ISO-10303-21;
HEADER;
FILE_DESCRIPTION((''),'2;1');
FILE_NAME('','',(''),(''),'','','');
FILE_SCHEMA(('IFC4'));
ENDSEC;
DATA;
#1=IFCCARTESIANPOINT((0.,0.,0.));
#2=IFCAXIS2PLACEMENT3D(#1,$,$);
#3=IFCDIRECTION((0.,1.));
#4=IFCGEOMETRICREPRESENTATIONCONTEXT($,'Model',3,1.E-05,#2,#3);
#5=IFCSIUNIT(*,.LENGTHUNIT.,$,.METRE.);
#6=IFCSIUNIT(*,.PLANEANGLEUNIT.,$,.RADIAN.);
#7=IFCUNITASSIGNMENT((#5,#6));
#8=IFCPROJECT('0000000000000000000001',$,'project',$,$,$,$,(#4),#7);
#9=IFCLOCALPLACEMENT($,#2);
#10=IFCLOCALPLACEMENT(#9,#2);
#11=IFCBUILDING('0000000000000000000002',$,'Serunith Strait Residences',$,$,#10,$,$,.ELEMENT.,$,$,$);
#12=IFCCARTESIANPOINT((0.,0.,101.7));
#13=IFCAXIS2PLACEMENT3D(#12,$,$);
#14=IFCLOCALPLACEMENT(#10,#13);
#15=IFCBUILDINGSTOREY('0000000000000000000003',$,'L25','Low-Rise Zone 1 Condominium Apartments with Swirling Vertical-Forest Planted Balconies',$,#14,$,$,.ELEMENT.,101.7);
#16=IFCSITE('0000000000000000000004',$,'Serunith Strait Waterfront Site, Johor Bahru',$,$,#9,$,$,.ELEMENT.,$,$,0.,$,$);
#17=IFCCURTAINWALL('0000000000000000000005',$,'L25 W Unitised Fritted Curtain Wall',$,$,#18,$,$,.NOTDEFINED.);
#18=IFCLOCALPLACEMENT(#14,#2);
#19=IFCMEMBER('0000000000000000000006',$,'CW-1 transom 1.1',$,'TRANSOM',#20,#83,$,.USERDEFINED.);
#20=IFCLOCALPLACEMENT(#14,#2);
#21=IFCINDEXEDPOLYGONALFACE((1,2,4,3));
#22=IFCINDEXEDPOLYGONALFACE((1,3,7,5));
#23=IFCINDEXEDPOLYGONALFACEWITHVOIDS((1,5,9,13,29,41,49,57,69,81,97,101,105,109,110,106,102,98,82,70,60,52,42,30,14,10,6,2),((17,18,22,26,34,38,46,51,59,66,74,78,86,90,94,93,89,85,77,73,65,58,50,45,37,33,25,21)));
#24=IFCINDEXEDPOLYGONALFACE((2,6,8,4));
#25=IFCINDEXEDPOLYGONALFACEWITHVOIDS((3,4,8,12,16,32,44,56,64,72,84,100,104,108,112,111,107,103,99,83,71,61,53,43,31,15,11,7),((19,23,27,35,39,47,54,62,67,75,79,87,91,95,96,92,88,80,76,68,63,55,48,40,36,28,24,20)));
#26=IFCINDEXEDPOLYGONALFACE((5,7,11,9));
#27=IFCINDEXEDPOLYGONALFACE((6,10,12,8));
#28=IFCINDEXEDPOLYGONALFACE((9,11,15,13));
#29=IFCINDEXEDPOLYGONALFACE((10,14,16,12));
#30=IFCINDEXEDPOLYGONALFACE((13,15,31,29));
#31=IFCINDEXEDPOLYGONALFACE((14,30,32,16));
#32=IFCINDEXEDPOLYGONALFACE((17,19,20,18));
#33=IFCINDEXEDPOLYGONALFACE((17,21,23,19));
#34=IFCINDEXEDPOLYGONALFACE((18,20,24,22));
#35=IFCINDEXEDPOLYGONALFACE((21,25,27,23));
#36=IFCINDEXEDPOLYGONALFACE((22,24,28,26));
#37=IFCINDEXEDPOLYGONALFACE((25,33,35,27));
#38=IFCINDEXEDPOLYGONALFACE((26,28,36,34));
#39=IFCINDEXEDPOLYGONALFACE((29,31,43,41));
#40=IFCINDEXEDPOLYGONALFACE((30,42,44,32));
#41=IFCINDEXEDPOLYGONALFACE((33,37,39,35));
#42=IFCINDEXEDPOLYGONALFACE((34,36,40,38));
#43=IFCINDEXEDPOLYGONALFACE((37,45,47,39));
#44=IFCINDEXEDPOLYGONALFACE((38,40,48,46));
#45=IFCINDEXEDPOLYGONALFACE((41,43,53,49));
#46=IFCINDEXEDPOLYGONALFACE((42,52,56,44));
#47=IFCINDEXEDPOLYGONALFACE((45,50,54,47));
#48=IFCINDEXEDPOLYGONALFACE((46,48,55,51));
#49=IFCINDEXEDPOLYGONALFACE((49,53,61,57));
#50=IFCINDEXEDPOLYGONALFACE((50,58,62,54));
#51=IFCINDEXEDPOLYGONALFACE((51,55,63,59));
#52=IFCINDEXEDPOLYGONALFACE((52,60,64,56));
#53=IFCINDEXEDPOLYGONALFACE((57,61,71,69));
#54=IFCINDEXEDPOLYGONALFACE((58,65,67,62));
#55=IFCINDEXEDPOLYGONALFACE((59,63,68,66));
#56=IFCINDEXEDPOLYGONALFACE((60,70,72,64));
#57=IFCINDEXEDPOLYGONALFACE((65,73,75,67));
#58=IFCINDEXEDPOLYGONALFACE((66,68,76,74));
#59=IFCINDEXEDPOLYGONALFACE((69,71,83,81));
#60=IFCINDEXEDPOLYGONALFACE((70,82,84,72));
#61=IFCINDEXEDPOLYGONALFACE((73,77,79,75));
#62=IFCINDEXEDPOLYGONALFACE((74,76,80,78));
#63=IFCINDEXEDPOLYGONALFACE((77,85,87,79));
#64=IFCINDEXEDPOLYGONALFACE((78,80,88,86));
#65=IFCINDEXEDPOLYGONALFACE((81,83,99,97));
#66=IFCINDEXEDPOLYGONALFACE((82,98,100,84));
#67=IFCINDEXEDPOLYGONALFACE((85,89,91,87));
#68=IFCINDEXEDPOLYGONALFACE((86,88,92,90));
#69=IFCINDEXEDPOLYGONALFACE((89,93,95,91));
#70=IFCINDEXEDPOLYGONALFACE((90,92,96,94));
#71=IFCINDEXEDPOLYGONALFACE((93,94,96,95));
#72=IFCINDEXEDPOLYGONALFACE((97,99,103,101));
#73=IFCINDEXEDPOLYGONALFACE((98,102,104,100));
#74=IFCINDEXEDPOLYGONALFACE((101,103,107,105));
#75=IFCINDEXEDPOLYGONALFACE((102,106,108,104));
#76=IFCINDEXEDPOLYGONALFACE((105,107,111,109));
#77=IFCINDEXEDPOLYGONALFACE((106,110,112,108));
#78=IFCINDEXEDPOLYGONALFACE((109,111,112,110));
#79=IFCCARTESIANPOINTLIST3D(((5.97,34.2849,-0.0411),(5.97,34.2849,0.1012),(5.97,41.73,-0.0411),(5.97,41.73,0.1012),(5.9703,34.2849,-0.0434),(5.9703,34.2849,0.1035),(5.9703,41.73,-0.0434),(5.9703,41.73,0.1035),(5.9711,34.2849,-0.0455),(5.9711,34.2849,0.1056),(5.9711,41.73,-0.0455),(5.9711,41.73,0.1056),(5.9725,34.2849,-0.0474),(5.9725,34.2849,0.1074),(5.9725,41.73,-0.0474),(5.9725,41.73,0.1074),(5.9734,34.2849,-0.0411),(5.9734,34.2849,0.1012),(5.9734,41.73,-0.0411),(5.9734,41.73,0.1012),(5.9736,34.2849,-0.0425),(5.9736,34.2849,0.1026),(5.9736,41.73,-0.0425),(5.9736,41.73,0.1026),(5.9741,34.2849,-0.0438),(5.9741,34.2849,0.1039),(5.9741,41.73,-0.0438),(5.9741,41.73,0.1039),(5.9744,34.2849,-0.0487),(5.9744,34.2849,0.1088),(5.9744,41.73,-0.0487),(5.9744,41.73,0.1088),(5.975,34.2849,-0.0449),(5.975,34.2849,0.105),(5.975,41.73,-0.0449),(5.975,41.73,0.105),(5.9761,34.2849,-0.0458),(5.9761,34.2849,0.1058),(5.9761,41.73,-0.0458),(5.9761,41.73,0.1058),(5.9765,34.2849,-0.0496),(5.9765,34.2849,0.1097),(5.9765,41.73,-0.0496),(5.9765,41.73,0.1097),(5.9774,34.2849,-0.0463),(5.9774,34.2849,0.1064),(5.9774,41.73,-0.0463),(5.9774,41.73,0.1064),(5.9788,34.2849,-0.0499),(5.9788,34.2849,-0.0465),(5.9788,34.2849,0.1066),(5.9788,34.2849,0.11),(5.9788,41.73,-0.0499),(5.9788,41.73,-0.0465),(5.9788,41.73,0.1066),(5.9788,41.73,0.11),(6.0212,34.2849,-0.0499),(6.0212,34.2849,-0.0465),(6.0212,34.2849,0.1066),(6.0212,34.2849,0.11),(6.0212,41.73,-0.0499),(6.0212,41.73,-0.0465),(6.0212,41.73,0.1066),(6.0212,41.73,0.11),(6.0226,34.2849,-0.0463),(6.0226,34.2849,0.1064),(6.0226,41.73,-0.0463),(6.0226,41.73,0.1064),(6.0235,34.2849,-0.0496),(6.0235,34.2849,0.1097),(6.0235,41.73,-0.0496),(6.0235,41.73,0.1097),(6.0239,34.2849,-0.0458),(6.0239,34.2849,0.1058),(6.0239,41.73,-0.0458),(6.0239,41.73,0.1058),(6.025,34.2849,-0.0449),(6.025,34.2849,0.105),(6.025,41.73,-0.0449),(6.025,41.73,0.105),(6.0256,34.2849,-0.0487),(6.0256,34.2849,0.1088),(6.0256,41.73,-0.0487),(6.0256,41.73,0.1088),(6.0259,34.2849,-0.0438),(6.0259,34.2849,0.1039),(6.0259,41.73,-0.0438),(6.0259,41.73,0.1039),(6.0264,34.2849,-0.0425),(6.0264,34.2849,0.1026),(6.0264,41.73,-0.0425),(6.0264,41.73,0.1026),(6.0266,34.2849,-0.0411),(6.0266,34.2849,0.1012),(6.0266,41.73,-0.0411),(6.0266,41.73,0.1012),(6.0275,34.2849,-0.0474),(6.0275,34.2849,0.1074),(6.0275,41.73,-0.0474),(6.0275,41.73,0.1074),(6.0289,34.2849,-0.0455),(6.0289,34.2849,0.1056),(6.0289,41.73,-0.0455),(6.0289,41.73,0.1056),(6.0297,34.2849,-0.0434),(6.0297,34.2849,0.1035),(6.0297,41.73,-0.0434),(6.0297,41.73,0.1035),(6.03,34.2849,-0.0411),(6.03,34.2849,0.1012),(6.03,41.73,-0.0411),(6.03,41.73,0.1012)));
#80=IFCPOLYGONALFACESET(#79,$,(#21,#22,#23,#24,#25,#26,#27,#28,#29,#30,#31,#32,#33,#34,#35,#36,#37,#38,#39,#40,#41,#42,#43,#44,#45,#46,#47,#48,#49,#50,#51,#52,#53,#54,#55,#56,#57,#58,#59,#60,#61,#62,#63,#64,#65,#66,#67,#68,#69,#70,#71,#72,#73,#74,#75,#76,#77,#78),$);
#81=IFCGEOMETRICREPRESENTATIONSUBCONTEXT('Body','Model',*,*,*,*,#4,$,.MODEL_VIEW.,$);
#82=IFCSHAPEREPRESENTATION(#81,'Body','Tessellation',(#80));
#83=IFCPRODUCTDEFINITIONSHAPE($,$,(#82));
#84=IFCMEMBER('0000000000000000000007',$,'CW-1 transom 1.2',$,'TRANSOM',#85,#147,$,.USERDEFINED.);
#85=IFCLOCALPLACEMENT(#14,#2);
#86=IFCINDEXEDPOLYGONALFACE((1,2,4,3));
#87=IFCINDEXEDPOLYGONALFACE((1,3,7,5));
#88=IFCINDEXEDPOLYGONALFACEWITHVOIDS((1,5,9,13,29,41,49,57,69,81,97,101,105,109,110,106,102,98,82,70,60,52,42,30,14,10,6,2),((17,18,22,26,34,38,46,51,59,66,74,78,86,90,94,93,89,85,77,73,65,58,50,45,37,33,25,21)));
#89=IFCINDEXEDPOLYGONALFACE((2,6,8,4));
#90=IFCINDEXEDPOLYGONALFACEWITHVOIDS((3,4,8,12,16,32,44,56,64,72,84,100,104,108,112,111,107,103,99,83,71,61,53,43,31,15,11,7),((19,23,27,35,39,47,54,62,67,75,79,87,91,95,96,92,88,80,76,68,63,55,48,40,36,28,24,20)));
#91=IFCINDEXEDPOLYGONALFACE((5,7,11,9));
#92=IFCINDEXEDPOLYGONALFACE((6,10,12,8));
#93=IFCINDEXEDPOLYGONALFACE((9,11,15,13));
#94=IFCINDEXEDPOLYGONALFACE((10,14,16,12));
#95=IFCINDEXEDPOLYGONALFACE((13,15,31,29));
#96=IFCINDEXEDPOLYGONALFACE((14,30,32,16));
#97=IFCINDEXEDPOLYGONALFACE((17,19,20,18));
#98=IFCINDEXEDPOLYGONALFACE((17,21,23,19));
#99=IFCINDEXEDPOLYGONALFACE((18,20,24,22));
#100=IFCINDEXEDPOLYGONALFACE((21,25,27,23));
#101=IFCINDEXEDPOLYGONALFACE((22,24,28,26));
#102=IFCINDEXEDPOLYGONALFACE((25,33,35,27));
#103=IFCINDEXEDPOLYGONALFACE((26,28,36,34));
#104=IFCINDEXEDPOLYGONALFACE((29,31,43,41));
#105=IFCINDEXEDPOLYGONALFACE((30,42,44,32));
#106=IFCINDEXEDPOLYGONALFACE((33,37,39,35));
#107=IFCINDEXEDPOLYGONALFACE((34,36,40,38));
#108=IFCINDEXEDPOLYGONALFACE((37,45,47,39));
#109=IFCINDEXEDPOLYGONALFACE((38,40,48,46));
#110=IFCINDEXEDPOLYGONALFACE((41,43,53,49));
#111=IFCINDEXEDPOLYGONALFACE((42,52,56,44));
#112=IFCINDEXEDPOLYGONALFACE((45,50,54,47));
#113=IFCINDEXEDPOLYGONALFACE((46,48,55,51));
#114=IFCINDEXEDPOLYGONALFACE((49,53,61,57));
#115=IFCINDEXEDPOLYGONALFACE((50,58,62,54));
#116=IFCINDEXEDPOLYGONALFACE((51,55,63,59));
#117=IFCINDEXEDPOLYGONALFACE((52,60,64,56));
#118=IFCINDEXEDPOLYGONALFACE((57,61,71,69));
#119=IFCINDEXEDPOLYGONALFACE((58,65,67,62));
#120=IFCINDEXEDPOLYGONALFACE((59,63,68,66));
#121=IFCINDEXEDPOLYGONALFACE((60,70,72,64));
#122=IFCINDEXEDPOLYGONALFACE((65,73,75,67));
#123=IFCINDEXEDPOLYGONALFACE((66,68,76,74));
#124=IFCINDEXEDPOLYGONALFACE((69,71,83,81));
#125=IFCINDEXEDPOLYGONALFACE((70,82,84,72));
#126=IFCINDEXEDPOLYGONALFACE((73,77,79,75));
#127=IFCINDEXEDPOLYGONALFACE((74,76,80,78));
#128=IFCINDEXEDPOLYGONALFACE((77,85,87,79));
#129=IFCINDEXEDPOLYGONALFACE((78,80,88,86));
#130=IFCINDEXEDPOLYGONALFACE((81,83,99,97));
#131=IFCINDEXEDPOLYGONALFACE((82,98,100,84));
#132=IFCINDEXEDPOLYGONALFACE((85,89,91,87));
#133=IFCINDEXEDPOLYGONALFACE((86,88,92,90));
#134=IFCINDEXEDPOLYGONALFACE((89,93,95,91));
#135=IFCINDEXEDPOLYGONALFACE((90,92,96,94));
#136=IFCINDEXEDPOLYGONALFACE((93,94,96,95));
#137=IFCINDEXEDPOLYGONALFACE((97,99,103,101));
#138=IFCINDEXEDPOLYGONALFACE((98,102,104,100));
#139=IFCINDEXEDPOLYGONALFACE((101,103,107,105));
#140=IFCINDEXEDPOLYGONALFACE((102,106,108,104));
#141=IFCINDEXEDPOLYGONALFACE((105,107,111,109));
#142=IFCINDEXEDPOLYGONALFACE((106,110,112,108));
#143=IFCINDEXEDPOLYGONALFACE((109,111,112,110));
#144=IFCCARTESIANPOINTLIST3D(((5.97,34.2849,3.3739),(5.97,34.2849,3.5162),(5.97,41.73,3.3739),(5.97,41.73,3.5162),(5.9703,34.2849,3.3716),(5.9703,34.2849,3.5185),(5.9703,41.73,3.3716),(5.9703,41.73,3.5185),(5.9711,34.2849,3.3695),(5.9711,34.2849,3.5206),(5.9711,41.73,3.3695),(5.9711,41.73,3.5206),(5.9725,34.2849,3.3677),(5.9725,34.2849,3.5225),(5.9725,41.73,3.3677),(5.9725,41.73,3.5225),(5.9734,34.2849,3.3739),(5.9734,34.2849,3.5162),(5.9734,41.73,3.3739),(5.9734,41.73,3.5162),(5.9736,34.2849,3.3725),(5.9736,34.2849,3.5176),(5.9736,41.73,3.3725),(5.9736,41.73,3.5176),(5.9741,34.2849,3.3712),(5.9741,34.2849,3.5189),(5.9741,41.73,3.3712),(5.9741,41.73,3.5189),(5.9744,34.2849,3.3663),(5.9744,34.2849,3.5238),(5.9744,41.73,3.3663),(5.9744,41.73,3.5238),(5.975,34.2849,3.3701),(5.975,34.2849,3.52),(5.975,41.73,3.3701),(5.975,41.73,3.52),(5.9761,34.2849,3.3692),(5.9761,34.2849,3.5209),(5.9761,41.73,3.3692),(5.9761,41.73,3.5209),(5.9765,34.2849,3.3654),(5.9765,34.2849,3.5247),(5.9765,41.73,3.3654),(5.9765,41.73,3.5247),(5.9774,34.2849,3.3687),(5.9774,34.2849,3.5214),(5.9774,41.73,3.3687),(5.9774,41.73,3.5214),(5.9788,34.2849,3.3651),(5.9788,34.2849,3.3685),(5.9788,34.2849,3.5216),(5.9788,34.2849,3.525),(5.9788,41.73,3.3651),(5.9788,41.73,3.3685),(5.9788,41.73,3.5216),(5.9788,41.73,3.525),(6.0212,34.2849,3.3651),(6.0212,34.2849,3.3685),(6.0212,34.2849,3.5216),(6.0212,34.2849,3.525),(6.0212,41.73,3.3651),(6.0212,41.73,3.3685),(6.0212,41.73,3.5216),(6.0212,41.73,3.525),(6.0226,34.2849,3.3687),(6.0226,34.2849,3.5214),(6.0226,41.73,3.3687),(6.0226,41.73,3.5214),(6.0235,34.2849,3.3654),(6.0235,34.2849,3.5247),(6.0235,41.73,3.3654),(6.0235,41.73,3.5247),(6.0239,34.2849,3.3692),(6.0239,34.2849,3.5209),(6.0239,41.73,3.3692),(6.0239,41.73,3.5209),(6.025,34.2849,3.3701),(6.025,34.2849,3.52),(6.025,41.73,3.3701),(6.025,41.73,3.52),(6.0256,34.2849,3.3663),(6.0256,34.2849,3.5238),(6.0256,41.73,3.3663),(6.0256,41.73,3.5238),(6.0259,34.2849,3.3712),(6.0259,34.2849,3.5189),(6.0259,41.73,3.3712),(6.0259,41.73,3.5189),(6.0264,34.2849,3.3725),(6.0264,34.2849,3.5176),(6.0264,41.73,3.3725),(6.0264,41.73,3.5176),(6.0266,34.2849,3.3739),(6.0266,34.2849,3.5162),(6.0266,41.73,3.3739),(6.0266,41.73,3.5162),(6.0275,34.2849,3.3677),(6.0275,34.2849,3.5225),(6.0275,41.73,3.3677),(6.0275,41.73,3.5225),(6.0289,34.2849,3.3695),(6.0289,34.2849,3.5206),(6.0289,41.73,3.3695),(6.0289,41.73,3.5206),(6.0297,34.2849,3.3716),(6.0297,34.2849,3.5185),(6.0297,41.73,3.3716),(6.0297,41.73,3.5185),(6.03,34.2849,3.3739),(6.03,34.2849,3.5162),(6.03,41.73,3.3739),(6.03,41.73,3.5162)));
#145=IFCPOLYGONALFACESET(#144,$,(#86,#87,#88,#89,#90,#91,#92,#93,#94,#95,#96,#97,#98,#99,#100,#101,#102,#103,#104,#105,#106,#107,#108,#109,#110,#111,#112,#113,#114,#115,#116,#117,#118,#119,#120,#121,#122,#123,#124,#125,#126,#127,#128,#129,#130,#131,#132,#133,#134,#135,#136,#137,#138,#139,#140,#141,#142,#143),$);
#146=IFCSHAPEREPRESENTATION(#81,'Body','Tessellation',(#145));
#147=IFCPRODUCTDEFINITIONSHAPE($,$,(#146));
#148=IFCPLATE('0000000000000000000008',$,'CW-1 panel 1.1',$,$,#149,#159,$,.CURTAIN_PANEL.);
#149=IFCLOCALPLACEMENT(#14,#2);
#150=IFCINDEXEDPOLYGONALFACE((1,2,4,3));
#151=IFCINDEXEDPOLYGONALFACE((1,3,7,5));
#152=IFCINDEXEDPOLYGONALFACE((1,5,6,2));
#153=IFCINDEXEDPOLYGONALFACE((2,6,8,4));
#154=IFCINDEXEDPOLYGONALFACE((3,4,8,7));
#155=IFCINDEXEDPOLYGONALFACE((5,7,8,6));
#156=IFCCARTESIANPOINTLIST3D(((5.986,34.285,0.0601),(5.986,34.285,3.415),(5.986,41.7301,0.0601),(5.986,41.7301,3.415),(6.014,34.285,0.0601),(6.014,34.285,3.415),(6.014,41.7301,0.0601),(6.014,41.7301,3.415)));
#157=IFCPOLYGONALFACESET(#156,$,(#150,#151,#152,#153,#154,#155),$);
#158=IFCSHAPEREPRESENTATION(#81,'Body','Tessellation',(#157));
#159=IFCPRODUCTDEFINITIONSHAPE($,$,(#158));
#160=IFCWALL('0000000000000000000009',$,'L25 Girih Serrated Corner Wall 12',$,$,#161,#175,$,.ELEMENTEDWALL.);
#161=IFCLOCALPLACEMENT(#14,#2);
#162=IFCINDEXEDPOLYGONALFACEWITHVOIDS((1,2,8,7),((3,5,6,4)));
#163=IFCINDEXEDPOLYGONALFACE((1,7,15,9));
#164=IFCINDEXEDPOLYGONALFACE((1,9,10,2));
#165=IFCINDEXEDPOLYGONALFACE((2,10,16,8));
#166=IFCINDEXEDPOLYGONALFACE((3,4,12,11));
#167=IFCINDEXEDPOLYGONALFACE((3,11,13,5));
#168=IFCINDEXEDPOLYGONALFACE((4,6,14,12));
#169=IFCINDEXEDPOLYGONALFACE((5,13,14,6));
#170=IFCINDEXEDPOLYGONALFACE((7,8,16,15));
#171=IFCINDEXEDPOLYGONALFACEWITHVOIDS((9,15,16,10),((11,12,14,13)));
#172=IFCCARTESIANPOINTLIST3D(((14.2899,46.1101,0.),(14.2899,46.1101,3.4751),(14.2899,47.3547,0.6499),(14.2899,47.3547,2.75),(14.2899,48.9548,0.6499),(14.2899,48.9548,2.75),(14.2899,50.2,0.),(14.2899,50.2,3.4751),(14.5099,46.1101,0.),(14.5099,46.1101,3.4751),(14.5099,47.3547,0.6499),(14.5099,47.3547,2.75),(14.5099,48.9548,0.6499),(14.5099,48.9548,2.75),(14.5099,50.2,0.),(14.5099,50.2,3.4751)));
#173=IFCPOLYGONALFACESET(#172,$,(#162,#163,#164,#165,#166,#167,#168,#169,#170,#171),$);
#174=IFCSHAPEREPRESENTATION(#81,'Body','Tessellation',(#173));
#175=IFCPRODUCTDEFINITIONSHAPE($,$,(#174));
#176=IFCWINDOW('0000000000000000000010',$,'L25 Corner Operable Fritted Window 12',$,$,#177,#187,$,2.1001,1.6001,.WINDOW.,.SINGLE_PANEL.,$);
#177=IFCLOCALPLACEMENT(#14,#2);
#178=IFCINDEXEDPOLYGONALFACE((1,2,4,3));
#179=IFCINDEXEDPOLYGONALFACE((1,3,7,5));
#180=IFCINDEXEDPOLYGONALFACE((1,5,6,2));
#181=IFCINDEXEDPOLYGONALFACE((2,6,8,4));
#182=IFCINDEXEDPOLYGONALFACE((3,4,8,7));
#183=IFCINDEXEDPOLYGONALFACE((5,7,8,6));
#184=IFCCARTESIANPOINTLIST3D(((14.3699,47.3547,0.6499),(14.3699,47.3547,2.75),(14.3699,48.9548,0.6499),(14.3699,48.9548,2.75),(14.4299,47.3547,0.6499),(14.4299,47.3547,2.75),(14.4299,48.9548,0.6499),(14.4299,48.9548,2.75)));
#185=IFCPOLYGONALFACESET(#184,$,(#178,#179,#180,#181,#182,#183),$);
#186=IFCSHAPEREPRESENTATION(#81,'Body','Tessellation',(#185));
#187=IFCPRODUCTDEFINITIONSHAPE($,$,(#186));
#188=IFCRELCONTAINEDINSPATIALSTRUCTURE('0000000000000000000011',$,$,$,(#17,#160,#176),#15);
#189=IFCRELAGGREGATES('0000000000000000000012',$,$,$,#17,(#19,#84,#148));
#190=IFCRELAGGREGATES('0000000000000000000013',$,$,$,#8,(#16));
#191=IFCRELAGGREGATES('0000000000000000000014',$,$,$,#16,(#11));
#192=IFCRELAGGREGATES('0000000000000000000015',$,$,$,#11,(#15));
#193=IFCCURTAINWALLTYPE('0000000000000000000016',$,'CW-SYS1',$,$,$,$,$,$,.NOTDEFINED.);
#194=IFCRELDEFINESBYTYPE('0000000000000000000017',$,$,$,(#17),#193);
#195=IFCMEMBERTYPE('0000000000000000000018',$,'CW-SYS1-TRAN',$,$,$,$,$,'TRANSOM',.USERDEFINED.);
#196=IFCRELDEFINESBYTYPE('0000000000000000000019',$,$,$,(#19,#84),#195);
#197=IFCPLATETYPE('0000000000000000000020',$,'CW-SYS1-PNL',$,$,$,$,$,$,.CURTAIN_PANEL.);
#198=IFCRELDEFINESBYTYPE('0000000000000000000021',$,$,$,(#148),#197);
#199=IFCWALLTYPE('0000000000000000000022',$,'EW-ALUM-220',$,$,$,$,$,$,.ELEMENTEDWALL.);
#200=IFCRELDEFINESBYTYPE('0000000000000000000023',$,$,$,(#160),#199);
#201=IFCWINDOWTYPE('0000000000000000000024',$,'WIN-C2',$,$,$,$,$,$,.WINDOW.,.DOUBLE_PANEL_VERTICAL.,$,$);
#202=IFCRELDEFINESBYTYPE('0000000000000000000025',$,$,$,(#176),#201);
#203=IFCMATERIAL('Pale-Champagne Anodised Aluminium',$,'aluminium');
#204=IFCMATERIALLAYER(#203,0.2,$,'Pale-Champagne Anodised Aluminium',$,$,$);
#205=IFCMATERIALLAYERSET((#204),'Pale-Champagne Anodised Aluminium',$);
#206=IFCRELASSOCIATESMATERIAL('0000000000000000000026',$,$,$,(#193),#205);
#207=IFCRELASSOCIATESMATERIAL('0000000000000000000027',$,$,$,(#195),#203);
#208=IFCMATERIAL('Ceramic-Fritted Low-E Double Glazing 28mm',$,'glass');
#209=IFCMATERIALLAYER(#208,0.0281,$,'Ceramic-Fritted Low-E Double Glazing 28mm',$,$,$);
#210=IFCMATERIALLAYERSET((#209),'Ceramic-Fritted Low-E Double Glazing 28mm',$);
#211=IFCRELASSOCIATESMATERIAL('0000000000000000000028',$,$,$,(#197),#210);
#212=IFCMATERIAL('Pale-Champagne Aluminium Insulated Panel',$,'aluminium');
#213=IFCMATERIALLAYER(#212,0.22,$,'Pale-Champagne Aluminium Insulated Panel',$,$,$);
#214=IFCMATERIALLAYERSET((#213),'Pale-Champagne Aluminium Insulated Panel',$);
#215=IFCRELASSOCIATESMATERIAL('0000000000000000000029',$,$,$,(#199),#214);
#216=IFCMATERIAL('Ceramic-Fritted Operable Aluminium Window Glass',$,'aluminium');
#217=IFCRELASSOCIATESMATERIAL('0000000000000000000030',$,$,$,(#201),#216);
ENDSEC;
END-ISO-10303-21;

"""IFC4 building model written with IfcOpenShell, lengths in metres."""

from ifc_helpers import new_model, si_unit, direction, frame, frame_2d, origin, origin_2d, place, context, subcontext, project, spatial, rectangle, hollow_rectangle, extrude, source, transform, mapped, material, layer, layer_set, material_profile, profile_set, type_object, element, fill, aggregate, save


model = new_model("IFC4")

# Units and contexts
model_context = context("Model", 3, precision=1e-05, world=origin(), true_north=direction((0.0, 1.0)))
body_context = subcontext(model_context, "Body", "Model", "MODEL_VIEW")
ifc_project = project(units=[si_unit("LENGTHUNIT", "METRE"), si_unit("PLANEANGLEUNIT", "RADIAN")], contexts=[model_context])

# Site, building, storey
site_placement = place(None, origin())
site = spatial("IfcSite", under=ifc_project, at=site_placement, Name="Serunith Strait Waterfront Site, Johor Bahru", CompositionType="ELEMENT", RefElevation=0.0)
building_placement = place(site_placement, origin())
building = spatial("IfcBuilding", under=site, at=building_placement, Name="Serunith Strait Residences", CompositionType="ELEMENT")
storey_placement = place(building_placement, frame((0.0, 0.0, 101.7)))
storey = spatial("IfcBuildingStorey", under=building, at=storey_placement, Name="L25", Description="Low-Rise Zone 1 Condominium Apartments with Swirling Vertical-Forest Planted Balconies", CompositionType="ELEMENT", Elevation=101.7)

# Shared definitions
ifc_material_1 = material(Name="Pale-Champagne Anodised Aluminium", Category="aluminium")
ifc_layer_1 = layer(ifc_material_1, 0.2, Name="Pale-Champagne Anodised Aluminium")
ifc_layer_set_1 = layer_set([ifc_layer_1], Name="Pale-Champagne Anodised Aluminium")
curtain_wall_type = type_object("IfcCurtainWallType", Name="CW-SYS1", PredefinedType="NOTDEFINED", material=ifc_layer_set_1)

# Curtain wall, members, plate
curtain_wall_1_placement = place(storey_placement, origin())
curtain_wall_1 = element("IfcCurtainWall", 1, at=curtain_wall_1_placement, inside=storey, type_object=curtain_wall_type, Name="L25 W Unitised Fritted Curtain Wall", PredefinedType="NOTDEFINED")
ifc_material_profile_1 = material_profile(ifc_material_1, hollow_rectangle(XDim=0.0601, YDim=0.1599, WallThickness=0.0034, InnerFilletRadius=0.0054, OuterFilletRadius=0.0088, at=origin_2d()), Name="ALU 160x60x3.5")
ifc_profile_set_1 = profile_set([ifc_material_profile_1], Name="Pale-Champagne Anodised Aluminium")
member_type_1 = type_object("IfcMemberType", Name="CW-SYS1-TRAN", ElementType="TRANSOM", PredefinedType="USERDEFINED", material=ifc_profile_set_1)
shared_shape_1 = source(origin(), body_context, "Body", "SweptSolid", [
    extrude(hollow_rectangle(XDim=0.0601, YDim=0.1599, WallThickness=0.0034, InnerFilletRadius=0.0054, OuterFilletRadius=0.0088, at=origin_2d()), origin(), (0.0, 0.0, 1.0), 7.4451),
])
member_1_placement = place(storey_placement, frame((6.0, 41.73, 0.03), z_axis=(0.0, -1.0, 0.0), x_axis=(1.0, 0.0, 0.0)))
member_1 = element("IfcMember", 2, at=member_1_placement, type_object=member_type_1, Name="CW-1 transom 1.1", ObjectType="TRANSOM", PredefinedType="USERDEFINED", context=body_context, shape_type="MappedRepresentation", body=[
    mapped(shared_shape_1, transform((0.0, 0.0, 0.0), scale=1.0)),
])
member_2_placement = place(storey_placement, frame((6.0, 41.73, 3.4451), z_axis=(0.0, -1.0, 0.0), x_axis=(1.0, 0.0, 0.0)))
member_2 = element("IfcMember", 3, at=member_2_placement, type_object=member_type_1, Name="CW-1 transom 1.2", ObjectType="TRANSOM", PredefinedType="USERDEFINED", context=body_context, shape_type="MappedRepresentation", body=[
    mapped(shared_shape_1, transform((0.0, 0.0, 0.0), scale=1.0)),
])
ifc_material_2 = material(Name="Ceramic-Fritted Low-E Double Glazing 28mm", Category="glass")
ifc_layer_2 = layer(ifc_material_2, 0.0281, Name="Ceramic-Fritted Low-E Double Glazing 28mm")
ifc_layer_set_2 = layer_set([ifc_layer_2], Name="Ceramic-Fritted Low-E Double Glazing 28mm")
plate_type = type_object("IfcPlateType", Name="CW-SYS1-PNL", PredefinedType="CURTAIN_PANEL", material=ifc_layer_set_2)
shared_shape_2 = source(origin(), body_context, "Body", "SweptSolid", [
    extrude(rectangle(XDim=7.4451, YDim=0.0281, at=origin_2d()), origin(), (0.0, 0.0, 1.0), 3.355),
])
plate_placement = place(storey_placement, frame((6.0, 38.0076, 0.0601), z_axis=(0.0, 0.0, 1.0), x_axis=(0.0, -1.0, 0.0)))
plate = element("IfcPlate", 4, at=plate_placement, type_object=plate_type, Name="CW-1 panel 1.1", PredefinedType="CURTAIN_PANEL", context=body_context, shape_type="MappedRepresentation", body=[
    mapped(shared_shape_2, transform((0.0, 0.0, 0.0), scale=1.0)),
])
aggregate(curtain_wall_1, [member_1, member_2, plate])

# Wall, opening, window
ifc_material_3 = material(Name="Pale-Champagne Aluminium Insulated Panel", Category="aluminium")
ifc_layer_3 = layer(ifc_material_3, 0.22, Name="Pale-Champagne Aluminium Insulated Panel")
ifc_layer_set_3 = layer_set([ifc_layer_3], Name="Pale-Champagne Aluminium Insulated Panel")
wall_type_1 = type_object("IfcWallType", Name="EW-ALUM-220", PredefinedType="ELEMENTEDWALL", material=ifc_layer_set_3)
wall_1_placement = place(storey_placement, frame((14.3999, 50.2, 0.0), z_axis=(0.0, 0.0, 1.0), x_axis=(0.0, -1.0, 0.0)))
wall_1 = element("IfcWall", 5, at=wall_1_placement, inside=storey, type_object=wall_type_1, Name="L25 Girih Serrated Corner Wall 12", PredefinedType="ELEMENTEDWALL", context=body_context, shape_type="SweptSolid", body=[
    extrude(rectangle(XDim=4.0898, YDim=0.22, at=frame_2d((2.0449, 0.0))), origin(), (0.0, 0.0, 1.0), 3.4751),
])
opening_1_placement = place(wall_1_placement, frame((1.2451, 0.0, 0.6499)))
opening_1 = element("IfcOpeningElement", 6, at=opening_1_placement, cuts=wall_1, PredefinedType="OPENING", context=body_context, shape_type="SweptSolid", body=[
    extrude(rectangle(XDim=1.6001, YDim=2.1001, at=frame_2d((0.8, 1.05))), frame((0.0, 0.1201, 0.0), z_axis=(0.0, -1.0, 0.0), x_axis=(1.0, 0.0, 0.0)), (0.0, 0.0, 1.0), 0.24),
])
ifc_material_4 = material(Name="Ceramic-Fritted Operable Aluminium Window Glass", Category="aluminium")
window_type = type_object("IfcWindowType", Name="WIN-C2", PartitioningType="DOUBLE_PANEL_VERTICAL", PredefinedType="WINDOW", material=ifc_material_4)
shared_shape_3 = source(origin(), body_context, "Body", "SweptSolid", [
    extrude(rectangle(XDim=1.6001, YDim=2.1001, at=frame_2d((0.8, 1.05))), frame((0.0, 0.03, 0.0), z_axis=(0.0, -1.0, 0.0), x_axis=(1.0, 0.0, 0.0)), (0.0, 0.0, 1.0), 0.0601),
])
window_1_placement = place(opening_1_placement, origin())
window_1 = element("IfcWindow", 7, at=window_1_placement, inside=storey, type_object=window_type, Name="L25 Corner Operable Fritted Window 12", OverallHeight=2.1001, OverallWidth=1.6001, PartitioningType="SINGLE_PANEL", PredefinedType="WINDOW", context=body_context, shape_type="MappedRepresentation", body=[
    mapped(shared_shape_3, transform((0.0, 0.0, 0.0), scale=1.0)),
])
fill(opening_1, window_1)

save(model, "model.ifc")
